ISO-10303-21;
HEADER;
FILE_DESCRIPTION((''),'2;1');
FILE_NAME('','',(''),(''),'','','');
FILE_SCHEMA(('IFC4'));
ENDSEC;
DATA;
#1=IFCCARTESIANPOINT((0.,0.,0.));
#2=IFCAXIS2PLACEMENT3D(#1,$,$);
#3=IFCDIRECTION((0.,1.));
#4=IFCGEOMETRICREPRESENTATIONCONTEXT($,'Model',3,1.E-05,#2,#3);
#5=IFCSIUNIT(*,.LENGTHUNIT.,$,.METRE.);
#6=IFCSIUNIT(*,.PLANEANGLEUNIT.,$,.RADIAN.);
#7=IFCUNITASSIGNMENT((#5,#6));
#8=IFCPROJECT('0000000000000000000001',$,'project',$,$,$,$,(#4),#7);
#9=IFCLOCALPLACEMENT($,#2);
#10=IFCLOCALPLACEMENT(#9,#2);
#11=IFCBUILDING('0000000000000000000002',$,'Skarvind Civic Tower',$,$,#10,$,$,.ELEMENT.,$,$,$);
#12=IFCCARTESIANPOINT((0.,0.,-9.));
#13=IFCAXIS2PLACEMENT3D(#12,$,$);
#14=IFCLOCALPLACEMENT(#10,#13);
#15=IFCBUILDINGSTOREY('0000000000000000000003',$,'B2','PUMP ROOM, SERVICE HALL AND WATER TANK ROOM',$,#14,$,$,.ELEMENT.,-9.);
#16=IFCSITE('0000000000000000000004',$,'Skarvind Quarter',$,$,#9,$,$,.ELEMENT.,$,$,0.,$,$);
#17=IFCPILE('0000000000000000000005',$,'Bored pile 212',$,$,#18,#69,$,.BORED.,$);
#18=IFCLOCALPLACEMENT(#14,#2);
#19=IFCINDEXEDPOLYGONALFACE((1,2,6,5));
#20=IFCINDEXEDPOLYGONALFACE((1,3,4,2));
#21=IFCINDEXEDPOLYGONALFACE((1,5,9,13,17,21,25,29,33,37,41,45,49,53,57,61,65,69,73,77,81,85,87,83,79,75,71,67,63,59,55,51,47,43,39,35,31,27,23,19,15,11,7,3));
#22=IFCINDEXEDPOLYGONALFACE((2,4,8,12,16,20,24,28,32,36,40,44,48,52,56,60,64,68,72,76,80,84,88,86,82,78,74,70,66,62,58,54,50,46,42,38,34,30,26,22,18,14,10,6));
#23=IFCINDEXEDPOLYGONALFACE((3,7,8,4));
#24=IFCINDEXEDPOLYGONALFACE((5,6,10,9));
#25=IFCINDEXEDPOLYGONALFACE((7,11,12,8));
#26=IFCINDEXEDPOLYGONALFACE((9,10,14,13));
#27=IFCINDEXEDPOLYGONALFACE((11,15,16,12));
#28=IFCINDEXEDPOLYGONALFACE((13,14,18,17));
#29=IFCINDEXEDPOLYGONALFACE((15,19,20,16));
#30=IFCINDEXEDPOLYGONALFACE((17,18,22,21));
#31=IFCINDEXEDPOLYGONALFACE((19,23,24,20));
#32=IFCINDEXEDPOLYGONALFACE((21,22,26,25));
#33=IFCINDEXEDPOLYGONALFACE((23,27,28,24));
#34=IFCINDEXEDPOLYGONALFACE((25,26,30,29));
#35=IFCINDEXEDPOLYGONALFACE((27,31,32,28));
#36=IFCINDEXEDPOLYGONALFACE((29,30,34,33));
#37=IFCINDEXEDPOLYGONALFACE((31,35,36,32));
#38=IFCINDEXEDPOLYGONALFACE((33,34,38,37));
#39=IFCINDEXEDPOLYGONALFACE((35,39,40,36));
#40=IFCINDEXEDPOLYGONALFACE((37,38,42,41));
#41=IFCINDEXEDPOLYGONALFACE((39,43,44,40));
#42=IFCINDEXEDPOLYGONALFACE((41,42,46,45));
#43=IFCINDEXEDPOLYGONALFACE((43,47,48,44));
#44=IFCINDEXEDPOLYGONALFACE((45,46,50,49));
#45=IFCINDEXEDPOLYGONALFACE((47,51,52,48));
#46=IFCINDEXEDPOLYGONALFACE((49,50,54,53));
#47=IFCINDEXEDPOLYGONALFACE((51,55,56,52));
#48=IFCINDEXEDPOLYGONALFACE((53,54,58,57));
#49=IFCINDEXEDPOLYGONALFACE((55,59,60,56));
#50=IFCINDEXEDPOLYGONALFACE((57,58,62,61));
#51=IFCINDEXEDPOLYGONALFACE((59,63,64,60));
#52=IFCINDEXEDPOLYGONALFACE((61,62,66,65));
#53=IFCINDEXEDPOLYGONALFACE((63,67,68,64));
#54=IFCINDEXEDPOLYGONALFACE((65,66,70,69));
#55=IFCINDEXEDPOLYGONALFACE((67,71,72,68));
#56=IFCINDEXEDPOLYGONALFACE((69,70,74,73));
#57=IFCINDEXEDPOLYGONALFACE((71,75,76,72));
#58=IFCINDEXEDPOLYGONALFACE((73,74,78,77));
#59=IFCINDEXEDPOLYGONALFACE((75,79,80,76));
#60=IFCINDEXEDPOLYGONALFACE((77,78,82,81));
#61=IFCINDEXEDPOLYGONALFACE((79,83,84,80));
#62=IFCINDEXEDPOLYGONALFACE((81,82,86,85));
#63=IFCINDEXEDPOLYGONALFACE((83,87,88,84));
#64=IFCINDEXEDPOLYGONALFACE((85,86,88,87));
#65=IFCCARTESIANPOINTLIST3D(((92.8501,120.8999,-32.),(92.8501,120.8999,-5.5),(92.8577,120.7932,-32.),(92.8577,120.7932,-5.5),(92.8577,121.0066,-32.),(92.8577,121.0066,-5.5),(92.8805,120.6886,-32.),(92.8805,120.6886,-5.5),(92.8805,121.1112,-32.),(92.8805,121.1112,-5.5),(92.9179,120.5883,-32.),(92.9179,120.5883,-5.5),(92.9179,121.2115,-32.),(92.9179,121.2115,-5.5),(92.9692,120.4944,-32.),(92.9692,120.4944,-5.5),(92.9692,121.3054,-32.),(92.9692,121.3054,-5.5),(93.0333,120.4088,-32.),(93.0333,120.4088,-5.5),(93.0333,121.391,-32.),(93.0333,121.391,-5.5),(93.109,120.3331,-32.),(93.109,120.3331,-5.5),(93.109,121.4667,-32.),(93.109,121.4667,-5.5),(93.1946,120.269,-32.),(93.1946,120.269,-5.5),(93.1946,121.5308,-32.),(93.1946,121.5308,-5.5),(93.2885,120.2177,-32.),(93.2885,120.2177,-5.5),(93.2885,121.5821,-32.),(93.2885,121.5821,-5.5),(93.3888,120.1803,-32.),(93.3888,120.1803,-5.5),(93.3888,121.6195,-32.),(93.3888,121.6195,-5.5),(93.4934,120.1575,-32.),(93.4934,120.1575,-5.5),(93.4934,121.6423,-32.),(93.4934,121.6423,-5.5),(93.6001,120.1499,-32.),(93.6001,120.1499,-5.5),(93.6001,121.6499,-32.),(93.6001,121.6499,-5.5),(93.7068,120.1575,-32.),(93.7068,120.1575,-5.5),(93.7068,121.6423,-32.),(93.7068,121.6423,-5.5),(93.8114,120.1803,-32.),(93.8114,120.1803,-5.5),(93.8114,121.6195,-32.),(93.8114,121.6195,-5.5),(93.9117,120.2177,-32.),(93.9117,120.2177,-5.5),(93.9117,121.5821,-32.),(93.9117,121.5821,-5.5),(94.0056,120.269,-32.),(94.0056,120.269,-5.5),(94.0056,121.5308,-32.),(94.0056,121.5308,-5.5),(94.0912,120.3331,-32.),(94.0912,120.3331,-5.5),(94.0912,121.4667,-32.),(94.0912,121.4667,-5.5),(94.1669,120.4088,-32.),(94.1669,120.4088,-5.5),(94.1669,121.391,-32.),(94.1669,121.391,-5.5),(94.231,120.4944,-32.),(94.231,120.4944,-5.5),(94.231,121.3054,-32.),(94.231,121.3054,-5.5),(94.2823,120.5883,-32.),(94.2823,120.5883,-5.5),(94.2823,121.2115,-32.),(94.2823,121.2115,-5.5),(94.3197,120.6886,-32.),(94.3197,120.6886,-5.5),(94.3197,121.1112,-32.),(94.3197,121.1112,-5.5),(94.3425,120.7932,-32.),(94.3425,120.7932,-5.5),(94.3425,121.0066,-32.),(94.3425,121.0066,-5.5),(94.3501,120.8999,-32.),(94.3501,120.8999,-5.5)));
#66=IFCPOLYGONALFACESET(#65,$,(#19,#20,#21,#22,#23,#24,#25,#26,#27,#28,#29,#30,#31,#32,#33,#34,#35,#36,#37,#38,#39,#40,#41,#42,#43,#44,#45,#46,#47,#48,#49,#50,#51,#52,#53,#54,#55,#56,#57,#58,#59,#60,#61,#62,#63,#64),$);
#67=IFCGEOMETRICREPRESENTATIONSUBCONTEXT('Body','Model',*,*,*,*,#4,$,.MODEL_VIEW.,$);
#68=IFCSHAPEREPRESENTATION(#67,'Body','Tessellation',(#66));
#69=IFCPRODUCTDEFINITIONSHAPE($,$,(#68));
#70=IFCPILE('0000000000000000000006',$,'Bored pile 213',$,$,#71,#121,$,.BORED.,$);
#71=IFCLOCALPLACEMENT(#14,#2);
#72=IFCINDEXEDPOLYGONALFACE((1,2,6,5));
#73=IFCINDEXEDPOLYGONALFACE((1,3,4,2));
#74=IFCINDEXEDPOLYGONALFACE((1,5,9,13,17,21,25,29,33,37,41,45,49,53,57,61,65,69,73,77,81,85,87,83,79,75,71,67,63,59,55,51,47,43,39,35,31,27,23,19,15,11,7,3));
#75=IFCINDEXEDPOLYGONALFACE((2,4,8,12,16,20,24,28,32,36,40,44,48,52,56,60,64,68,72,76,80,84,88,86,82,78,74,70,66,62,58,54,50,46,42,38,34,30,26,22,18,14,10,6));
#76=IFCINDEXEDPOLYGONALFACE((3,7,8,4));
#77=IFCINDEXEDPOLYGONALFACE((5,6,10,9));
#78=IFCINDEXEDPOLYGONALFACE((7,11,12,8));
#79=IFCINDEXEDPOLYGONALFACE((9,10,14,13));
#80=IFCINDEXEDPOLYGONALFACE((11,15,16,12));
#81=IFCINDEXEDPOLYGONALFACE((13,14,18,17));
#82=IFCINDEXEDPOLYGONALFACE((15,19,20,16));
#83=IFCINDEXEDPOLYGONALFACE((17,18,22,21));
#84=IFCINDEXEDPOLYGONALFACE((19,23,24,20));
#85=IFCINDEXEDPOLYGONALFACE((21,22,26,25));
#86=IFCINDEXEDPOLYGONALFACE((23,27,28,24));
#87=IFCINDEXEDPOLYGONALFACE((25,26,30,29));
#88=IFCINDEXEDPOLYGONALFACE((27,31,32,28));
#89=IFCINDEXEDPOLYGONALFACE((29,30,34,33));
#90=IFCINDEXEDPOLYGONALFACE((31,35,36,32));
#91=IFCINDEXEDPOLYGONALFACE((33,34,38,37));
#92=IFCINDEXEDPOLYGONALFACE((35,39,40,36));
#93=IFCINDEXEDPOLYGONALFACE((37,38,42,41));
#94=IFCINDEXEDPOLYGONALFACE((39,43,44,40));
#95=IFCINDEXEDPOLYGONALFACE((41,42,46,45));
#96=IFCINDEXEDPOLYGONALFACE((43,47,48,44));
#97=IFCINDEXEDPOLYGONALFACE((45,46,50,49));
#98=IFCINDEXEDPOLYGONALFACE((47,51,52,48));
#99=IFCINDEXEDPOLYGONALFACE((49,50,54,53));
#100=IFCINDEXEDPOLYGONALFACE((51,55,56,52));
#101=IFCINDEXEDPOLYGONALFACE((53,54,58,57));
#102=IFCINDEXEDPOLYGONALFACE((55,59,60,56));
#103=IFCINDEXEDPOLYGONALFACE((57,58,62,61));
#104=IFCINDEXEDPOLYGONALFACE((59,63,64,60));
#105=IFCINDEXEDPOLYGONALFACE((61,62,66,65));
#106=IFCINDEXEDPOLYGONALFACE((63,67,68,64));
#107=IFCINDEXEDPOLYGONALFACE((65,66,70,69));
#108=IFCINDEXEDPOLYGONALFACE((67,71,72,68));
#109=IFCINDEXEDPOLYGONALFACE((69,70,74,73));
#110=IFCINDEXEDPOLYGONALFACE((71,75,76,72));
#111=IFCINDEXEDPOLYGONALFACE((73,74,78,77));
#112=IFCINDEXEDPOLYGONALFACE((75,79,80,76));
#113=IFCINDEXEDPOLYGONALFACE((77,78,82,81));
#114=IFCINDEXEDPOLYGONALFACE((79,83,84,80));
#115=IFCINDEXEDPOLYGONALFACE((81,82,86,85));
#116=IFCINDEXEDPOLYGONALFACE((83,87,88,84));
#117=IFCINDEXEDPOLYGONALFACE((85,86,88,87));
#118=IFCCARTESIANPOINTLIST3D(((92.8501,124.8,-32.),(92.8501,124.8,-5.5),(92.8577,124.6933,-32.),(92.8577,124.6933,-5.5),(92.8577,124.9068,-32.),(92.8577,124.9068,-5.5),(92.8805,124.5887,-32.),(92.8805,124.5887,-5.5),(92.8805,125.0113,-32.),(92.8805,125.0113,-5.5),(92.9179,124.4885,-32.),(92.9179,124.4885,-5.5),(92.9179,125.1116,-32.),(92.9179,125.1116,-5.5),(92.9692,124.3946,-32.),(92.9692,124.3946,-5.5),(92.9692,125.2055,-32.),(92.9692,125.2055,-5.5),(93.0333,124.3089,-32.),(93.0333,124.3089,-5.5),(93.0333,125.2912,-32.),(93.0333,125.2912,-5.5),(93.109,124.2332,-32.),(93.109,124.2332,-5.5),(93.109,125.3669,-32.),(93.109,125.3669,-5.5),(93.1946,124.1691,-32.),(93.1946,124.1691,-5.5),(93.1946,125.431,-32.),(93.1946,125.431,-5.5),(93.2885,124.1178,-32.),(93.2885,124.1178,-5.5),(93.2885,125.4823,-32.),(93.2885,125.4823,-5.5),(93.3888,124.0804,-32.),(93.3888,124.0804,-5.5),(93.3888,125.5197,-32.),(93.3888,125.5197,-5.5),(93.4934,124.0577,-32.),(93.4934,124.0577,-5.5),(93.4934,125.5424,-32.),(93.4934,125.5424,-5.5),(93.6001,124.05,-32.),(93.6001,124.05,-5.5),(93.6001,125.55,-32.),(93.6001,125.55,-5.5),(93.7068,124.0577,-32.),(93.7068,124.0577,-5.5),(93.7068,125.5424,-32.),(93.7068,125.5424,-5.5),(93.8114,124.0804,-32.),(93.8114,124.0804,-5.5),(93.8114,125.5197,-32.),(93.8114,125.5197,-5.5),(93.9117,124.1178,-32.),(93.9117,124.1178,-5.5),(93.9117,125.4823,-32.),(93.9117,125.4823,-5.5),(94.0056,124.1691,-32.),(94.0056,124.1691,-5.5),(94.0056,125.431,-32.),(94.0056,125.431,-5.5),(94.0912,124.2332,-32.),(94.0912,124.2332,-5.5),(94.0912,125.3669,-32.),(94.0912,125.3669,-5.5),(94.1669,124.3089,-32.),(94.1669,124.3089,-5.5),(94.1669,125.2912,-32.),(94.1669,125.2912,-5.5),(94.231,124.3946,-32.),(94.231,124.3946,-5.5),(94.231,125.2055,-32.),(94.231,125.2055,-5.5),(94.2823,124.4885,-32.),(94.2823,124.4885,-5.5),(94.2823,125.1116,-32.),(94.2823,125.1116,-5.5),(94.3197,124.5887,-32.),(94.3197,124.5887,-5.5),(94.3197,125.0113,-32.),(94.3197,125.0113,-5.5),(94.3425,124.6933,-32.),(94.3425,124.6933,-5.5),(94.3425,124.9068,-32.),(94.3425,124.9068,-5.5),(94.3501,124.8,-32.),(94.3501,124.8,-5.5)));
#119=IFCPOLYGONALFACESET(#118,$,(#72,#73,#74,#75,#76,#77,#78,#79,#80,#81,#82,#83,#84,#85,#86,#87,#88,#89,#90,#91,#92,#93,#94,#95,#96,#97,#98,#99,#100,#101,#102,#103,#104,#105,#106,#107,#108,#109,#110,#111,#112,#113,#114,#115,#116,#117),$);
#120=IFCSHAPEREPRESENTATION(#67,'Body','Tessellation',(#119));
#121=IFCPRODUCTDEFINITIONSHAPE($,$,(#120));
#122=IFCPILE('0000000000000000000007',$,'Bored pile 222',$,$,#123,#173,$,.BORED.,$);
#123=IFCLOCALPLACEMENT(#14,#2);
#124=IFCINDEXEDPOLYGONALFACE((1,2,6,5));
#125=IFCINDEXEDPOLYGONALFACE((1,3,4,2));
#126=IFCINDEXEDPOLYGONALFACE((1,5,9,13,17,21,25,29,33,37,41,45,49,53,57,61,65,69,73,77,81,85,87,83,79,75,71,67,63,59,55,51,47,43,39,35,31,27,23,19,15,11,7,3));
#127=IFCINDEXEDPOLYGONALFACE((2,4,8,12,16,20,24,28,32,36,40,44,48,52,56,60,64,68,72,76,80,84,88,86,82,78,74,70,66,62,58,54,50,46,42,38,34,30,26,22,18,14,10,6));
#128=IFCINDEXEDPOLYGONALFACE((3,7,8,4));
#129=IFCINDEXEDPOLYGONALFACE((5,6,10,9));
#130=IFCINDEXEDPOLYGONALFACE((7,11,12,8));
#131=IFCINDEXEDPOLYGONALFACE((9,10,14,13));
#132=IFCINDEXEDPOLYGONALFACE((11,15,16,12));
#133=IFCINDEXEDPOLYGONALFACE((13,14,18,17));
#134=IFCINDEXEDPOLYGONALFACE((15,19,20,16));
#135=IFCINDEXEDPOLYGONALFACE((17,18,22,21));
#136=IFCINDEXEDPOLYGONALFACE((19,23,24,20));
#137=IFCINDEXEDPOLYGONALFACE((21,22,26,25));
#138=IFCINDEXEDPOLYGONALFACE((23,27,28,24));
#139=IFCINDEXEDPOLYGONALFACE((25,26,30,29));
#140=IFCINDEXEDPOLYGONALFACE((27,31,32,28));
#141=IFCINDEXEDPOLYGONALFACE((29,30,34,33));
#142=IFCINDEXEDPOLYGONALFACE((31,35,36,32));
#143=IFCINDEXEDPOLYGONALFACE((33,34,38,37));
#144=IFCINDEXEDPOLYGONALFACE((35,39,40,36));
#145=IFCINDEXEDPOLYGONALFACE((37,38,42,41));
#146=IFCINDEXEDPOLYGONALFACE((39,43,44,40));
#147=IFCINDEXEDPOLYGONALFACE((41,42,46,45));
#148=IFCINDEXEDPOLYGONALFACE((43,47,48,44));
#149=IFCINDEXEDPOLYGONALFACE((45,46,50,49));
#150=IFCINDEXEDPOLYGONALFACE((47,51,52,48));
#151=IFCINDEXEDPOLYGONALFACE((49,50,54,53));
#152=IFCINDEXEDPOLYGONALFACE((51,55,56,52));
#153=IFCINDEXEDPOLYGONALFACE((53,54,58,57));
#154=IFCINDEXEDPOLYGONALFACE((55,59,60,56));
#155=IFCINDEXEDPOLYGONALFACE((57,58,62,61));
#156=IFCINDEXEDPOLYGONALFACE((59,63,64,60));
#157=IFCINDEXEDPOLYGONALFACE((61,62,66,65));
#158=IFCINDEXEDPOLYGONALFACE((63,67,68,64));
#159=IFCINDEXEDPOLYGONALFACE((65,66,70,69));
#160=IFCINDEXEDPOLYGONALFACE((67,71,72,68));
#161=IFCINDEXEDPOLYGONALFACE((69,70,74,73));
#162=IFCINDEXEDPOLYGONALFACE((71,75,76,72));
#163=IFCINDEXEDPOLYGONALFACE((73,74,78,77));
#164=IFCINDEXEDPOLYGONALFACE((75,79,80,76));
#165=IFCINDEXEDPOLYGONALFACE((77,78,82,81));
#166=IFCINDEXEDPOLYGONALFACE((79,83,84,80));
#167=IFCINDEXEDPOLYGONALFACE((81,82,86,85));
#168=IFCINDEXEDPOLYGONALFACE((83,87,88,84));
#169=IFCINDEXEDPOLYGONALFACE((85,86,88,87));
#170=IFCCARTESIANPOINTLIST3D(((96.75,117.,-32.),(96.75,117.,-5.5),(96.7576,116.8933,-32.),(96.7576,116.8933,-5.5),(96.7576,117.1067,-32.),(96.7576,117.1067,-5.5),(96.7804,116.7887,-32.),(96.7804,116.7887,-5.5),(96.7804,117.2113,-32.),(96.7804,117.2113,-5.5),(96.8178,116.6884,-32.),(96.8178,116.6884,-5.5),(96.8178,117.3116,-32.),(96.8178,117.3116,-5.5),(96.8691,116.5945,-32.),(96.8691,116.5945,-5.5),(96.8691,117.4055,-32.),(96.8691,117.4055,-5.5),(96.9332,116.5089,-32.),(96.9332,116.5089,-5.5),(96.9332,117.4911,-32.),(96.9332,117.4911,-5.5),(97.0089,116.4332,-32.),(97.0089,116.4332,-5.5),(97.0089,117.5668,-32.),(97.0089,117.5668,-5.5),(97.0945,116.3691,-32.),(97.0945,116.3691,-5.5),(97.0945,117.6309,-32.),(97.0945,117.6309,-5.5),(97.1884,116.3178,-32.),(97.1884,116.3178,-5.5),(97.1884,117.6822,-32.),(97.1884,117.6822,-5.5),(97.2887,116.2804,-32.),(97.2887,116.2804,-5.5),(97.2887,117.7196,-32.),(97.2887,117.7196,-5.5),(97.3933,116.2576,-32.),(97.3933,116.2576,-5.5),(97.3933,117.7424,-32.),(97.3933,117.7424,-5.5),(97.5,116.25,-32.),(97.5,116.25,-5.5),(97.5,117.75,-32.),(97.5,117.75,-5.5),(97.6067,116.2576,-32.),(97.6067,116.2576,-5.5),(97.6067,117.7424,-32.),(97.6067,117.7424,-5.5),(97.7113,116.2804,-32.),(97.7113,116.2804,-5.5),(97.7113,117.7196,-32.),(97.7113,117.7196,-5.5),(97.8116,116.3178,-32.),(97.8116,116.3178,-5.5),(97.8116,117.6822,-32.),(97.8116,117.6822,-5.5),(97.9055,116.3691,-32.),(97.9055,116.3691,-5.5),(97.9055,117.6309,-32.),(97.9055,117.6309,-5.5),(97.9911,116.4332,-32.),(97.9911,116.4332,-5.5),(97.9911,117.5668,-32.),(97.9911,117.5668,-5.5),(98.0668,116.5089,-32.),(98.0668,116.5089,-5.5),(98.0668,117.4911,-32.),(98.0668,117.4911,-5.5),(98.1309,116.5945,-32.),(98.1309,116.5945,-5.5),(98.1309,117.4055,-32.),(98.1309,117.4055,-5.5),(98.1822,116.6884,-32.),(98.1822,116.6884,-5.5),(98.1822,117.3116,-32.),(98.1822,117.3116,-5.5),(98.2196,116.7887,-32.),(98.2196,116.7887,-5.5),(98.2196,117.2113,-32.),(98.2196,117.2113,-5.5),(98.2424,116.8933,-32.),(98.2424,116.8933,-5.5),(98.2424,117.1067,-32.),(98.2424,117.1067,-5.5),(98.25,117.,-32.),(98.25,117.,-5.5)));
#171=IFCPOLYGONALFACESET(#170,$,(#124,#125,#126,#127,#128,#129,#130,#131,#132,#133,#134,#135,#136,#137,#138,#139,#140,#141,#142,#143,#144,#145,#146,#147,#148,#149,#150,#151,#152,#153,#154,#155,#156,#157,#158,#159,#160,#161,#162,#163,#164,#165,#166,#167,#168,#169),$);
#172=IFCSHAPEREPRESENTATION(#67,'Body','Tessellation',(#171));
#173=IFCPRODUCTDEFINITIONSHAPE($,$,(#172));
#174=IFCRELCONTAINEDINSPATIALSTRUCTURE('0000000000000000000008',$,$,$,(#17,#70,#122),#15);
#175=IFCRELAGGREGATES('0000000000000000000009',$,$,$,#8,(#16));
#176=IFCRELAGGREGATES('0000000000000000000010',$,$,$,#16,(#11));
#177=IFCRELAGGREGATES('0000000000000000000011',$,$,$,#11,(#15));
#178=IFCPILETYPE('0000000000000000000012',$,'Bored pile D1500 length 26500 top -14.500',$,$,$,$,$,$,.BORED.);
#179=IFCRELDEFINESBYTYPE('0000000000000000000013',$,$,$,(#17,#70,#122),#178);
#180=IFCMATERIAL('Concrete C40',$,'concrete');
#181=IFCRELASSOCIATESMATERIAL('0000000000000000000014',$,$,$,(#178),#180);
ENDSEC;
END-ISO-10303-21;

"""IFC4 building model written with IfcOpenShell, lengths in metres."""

from ifc_helpers import new_model, si_unit, direction, frame, origin, origin_2d, place, context, subcontext, project, spatial, circle, extrude, material, type_object, element, save


model = new_model("IFC4")

# Units and contexts
model_context = context("Model", 3, precision=1e-05, world=origin(), true_north=direction((0.0, 1.0)))
body_context = subcontext(model_context, "Body", "Model", "MODEL_VIEW")
ifc_project = project(units=[si_unit("LENGTHUNIT", "METRE"), si_unit("PLANEANGLEUNIT", "RADIAN")], contexts=[model_context])

# Site, building, storey
site_placement = place(None, origin())
site = spatial("IfcSite", under=ifc_project, at=site_placement, Name="Skarvind Quarter", CompositionType="ELEMENT", RefElevation=0.0)
building_placement = place(site_placement, origin())
building = spatial("IfcBuilding", under=site, at=building_placement, Name="Skarvind Civic Tower", CompositionType="ELEMENT")
storey_placement = place(building_placement, frame((0.0, 0.0, -9.0)))
storey = spatial("IfcBuildingStorey", under=building, at=storey_placement, Name="B2", Description="PUMP ROOM, SERVICE HALL AND WATER TANK ROOM", CompositionType="ELEMENT", Elevation=-9.0)

# Piles
ifc_material_1 = material(Name="Concrete C40", Category="concrete")
pile_type_1 = type_object("IfcPileType", Name="Bored pile D1500 length 26500 top -14.500", PredefinedType="BORED", material=ifc_material_1)
for number, where, z_axis, x_axis, name in (
    (1, (93.6001, 120.8999, -5.5), (0.0, 0.0, -1.0), (1.0, 0.0, 0.0), "Bored pile 212"),
    (2, (93.6001, 124.8, -5.5), (0.0, 0.0, -1.0), (1.0, 0.0, 0.0), "Bored pile 213"),
    (3, (97.5, 117.0, -5.5), (0.0, 0.0, -1.0), (1.0, 0.0, 0.0), "Bored pile 222"),
):
    element("IfcPile", number, at=place(storey_placement, frame(where, z_axis=z_axis, x_axis=x_axis)), inside=storey, type_object=pile_type_1, Name=name, PredefinedType="BORED", context=body_context, shape_type="SweptSolid", body=[
        extrude(circle(Radius=0.75, at=origin_2d()), origin(), (0.0, 0.0, 1.0), 26.5),
    ])

save(model, "model.ifc")
